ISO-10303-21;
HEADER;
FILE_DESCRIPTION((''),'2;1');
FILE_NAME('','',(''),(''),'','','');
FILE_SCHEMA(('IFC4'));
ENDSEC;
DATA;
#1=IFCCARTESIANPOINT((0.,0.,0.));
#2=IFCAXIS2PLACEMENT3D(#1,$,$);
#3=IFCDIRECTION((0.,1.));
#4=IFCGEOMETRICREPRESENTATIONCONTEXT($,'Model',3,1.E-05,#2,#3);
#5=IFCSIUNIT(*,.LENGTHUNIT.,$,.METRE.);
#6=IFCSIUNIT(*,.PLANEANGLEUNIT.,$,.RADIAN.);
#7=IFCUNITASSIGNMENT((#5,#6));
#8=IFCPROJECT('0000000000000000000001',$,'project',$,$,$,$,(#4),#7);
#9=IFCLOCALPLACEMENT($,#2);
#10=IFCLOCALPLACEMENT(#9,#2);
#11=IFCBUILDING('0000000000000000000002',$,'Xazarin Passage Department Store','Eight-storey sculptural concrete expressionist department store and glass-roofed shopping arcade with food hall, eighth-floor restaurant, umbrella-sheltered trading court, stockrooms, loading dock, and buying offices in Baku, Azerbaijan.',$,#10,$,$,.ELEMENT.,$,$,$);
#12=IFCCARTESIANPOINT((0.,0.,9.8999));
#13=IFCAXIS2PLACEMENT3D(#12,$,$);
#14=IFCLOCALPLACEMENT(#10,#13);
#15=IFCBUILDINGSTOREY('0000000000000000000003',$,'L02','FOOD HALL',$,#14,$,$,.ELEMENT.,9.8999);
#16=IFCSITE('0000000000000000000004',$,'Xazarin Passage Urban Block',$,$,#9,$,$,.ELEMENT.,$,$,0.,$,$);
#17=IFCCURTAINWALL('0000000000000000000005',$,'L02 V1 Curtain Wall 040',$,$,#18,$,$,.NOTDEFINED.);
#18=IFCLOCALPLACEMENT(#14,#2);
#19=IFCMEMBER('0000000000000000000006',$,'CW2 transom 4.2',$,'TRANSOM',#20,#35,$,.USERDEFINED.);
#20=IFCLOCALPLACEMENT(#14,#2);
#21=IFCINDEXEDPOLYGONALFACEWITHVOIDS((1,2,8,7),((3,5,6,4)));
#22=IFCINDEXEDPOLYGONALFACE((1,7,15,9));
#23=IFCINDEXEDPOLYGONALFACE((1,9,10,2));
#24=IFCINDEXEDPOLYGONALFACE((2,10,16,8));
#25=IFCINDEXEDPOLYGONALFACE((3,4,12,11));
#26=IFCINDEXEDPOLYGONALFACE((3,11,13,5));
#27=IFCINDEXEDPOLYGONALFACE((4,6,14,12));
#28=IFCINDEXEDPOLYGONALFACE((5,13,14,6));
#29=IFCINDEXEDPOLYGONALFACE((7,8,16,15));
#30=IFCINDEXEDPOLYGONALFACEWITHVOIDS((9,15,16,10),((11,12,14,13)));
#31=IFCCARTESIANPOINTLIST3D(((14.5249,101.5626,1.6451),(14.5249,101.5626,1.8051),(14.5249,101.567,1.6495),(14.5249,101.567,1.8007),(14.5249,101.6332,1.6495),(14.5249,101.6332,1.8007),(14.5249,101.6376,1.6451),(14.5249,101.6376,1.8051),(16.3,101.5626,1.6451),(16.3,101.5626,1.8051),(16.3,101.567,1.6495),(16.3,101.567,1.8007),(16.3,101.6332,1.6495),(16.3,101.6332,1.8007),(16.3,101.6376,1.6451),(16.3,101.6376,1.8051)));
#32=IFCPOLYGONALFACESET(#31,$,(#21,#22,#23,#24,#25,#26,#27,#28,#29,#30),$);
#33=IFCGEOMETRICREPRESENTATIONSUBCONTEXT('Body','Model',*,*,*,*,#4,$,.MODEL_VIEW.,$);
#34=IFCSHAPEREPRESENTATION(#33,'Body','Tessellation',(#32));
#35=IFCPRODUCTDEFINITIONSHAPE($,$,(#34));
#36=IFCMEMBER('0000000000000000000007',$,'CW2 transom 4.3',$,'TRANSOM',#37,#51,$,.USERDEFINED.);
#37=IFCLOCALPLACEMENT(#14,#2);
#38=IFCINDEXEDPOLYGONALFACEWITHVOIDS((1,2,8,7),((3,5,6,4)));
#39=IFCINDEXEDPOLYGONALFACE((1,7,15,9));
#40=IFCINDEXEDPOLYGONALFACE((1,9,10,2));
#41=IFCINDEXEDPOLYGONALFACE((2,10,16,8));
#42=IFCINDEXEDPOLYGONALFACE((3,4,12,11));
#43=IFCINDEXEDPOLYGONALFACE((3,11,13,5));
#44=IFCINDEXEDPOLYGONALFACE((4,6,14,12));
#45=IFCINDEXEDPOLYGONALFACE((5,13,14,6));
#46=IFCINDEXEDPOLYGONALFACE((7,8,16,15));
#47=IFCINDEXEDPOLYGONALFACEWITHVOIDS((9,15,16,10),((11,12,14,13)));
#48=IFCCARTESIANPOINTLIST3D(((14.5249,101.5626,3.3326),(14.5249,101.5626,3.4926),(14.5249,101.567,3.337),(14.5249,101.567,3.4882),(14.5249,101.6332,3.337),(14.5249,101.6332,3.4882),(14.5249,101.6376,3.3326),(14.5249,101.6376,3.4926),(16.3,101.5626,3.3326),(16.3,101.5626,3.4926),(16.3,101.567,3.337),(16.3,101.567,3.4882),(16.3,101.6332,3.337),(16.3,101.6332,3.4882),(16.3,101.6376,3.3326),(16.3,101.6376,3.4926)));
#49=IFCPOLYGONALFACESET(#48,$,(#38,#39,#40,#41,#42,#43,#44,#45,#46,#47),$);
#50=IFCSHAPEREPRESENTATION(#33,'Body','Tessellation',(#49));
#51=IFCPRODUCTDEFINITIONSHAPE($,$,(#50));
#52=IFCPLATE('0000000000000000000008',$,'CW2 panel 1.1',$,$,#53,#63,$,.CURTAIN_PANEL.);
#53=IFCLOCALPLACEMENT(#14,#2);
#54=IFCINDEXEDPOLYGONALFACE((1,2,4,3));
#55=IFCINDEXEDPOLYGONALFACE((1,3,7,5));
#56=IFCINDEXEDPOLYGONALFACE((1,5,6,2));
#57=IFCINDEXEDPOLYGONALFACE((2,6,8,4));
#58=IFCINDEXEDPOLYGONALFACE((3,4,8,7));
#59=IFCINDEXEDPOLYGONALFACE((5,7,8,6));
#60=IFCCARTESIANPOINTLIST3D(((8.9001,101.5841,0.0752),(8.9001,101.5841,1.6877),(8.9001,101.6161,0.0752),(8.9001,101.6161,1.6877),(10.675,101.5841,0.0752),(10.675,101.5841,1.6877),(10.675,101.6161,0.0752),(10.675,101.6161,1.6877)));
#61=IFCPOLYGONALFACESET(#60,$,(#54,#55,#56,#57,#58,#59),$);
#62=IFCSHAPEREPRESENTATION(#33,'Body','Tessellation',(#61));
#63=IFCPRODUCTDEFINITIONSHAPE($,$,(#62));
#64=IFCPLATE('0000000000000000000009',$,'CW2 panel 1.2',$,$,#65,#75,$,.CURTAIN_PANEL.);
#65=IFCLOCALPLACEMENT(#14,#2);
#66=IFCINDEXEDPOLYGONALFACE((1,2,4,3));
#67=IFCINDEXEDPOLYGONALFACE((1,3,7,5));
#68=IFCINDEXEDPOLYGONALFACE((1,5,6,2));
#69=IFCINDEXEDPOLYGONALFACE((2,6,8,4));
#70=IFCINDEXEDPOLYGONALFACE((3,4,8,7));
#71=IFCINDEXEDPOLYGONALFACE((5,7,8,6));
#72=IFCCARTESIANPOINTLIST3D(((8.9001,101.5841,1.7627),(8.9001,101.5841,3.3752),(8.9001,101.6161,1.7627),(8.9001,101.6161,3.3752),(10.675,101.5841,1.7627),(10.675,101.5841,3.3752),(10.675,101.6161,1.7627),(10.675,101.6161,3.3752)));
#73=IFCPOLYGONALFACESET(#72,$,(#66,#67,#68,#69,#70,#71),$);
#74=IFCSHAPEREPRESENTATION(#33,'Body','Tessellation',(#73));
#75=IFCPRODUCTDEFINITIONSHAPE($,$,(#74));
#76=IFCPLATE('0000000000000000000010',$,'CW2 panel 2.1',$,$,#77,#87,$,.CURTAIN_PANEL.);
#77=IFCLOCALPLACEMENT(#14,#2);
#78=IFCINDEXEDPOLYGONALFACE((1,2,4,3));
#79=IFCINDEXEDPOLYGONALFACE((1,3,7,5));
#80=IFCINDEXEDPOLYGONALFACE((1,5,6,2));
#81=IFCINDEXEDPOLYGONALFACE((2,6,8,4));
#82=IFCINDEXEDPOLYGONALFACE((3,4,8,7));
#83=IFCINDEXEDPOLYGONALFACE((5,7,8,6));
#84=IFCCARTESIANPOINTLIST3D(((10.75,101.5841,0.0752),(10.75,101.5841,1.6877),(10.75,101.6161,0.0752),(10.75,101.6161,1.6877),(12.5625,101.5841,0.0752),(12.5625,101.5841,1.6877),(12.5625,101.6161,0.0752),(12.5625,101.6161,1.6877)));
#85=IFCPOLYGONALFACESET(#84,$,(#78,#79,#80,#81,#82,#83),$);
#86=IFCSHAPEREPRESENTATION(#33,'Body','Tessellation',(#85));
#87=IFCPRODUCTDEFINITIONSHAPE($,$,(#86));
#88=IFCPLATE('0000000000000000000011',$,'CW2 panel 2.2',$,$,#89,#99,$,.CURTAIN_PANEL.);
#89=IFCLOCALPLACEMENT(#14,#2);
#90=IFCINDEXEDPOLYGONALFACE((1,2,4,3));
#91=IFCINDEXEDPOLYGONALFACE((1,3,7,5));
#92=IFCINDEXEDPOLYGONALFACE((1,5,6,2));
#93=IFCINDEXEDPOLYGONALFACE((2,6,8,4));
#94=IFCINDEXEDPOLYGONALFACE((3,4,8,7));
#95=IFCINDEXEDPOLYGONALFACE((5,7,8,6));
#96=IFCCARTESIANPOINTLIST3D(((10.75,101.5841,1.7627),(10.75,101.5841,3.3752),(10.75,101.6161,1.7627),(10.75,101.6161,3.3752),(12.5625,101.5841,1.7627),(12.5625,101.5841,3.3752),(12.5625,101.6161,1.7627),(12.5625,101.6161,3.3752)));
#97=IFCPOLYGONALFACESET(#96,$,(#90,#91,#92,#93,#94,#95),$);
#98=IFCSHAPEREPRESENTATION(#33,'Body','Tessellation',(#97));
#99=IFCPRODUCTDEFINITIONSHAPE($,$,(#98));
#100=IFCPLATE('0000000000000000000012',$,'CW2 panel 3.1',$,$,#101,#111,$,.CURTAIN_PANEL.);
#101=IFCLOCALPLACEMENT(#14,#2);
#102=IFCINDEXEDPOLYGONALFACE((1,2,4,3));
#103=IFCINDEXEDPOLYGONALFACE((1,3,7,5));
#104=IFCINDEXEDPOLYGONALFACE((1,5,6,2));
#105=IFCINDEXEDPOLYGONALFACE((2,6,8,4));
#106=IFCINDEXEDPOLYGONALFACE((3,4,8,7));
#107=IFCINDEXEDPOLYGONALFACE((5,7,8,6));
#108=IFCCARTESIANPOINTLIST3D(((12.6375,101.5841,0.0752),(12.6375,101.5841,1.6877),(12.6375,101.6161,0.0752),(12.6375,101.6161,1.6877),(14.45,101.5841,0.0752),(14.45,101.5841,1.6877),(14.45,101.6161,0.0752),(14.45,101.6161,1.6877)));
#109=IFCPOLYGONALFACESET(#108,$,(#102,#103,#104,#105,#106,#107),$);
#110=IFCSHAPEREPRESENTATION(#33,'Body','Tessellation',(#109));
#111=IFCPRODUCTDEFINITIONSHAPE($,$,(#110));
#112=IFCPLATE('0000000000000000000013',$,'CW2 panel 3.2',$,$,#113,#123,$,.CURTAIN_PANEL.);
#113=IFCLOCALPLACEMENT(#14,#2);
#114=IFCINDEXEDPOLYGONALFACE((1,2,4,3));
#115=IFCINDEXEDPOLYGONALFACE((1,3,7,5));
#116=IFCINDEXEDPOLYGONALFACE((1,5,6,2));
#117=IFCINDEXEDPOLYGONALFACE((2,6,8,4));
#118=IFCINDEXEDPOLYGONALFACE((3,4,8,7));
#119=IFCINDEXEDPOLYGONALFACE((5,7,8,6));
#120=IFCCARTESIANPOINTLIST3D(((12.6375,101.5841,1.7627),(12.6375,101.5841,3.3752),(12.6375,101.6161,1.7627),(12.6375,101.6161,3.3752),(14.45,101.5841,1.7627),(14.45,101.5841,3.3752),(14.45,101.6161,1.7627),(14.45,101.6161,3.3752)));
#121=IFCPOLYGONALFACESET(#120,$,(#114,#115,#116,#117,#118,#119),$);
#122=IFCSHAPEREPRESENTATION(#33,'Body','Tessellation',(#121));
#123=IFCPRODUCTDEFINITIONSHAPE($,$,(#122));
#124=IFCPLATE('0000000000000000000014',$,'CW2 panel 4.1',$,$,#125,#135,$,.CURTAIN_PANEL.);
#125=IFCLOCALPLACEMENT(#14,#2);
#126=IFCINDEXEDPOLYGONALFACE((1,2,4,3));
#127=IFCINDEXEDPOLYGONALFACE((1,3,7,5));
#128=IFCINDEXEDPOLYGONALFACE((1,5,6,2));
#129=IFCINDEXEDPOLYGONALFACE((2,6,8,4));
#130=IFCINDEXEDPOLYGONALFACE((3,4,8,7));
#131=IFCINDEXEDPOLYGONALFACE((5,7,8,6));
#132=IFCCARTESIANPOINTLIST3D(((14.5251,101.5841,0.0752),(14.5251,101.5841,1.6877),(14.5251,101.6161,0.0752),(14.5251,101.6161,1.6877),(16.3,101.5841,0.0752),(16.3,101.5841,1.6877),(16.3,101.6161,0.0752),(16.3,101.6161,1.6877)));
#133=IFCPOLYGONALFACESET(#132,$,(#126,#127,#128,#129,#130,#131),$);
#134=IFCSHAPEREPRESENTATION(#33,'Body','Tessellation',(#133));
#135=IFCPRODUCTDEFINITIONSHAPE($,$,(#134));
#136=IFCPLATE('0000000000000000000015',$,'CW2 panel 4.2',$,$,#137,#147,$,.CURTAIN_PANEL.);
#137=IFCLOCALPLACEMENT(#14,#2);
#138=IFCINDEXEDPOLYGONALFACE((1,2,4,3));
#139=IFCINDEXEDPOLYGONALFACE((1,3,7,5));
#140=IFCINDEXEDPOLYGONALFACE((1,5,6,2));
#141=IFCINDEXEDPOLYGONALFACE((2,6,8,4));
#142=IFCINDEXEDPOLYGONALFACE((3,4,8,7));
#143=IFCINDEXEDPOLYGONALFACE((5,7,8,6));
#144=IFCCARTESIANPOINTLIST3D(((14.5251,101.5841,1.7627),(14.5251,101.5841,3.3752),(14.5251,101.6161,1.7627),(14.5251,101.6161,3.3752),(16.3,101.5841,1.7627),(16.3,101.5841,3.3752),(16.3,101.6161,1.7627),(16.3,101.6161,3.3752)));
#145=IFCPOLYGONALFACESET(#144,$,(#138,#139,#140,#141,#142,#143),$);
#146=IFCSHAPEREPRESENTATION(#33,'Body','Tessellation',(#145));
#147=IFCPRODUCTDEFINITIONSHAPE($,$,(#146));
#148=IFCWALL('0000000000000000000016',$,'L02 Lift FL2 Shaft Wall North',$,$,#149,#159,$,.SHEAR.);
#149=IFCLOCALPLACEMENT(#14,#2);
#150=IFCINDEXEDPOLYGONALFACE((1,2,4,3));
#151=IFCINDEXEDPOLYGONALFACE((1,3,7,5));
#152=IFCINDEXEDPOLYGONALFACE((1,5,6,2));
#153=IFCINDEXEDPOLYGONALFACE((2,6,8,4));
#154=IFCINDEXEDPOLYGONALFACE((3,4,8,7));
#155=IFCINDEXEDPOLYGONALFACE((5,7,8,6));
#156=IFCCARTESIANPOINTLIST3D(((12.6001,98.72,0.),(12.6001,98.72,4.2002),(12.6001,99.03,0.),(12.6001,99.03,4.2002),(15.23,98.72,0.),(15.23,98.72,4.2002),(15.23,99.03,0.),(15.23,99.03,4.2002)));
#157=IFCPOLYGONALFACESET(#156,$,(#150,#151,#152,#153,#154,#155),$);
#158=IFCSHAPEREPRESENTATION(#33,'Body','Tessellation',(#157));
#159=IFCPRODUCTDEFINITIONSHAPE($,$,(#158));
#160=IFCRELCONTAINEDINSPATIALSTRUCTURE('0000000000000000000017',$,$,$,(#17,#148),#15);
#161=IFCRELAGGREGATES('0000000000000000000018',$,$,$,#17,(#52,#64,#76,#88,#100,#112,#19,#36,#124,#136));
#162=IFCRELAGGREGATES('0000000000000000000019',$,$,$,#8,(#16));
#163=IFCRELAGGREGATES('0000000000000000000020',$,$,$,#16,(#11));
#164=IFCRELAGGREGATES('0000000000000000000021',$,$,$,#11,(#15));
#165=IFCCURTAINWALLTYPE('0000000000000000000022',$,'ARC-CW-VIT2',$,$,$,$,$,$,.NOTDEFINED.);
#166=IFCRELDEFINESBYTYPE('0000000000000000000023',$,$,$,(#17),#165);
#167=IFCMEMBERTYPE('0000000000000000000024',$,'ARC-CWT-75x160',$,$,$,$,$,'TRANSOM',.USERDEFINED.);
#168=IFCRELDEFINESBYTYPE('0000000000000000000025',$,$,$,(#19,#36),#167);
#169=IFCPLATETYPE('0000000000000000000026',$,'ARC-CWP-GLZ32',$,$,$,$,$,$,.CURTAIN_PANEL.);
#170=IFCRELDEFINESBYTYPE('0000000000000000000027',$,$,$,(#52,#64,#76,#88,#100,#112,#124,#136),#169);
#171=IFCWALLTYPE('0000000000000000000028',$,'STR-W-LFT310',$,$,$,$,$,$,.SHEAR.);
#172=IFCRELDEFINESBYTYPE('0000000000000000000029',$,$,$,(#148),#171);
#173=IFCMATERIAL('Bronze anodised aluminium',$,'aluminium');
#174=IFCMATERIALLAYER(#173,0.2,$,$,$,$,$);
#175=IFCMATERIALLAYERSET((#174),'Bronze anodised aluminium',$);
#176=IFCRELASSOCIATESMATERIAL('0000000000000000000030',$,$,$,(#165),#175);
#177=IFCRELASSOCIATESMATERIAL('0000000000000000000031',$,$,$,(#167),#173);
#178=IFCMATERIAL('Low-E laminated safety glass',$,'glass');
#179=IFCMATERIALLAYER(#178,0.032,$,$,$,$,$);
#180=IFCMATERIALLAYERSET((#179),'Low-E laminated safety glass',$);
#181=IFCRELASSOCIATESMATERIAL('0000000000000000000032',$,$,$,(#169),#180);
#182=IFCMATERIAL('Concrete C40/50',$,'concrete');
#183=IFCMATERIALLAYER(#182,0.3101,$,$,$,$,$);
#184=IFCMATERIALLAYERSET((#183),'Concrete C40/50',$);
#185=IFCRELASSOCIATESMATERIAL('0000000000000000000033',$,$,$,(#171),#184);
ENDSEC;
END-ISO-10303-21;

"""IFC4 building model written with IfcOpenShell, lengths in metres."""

from ifc_helpers import new_model, si_unit, direction, frame, frame_2d, origin, origin_2d, place, context, subcontext, project, spatial, rectangle, hollow_rectangle, extrude, material, layer, layer_set, material_profile, profile_set, type_object, element, aggregate, save


model = new_model("IFC4")

# Units and contexts
model_context = context("Model", 3, precision=1e-05, world=origin(), true_north=direction((0.0, 1.0)))
body_context = subcontext(model_context, "Body", "Model", "MODEL_VIEW")
ifc_project = project(units=[si_unit("LENGTHUNIT", "METRE"), si_unit("PLANEANGLEUNIT", "RADIAN")], contexts=[model_context])

# Site, building, storey
site_placement = place(None, origin())
site = spatial("IfcSite", under=ifc_project, at=site_placement, Name="Xazarin Passage Urban Block", CompositionType="ELEMENT", RefElevation=0.0)
building_placement = place(site_placement, origin())
building = spatial("IfcBuilding", under=site, at=building_placement, Name="Xazarin Passage Department Store", Description="Eight-storey sculptural concrete expressionist department store and glass-roofed shopping arcade with food hall, eighth-floor restaurant, umbrella-sheltered trading court, stockrooms, loading dock, and buying offices in Baku, Azerbaijan.", CompositionType="ELEMENT")
storey_placement = place(building_placement, frame((0.0, 0.0, 9.8999)))
storey = spatial("IfcBuildingStorey", under=building, at=storey_placement, Name="L02", Description="FOOD HALL", CompositionType="ELEMENT", Elevation=9.8999)

# Curtain wall, members, plates
ifc_material_1 = material(Name="Bronze anodised aluminium", Category="aluminium")
ifc_layer_1 = layer(ifc_material_1, 0.2)
ifc_layer_set_1 = layer_set([ifc_layer_1], Name="Bronze anodised aluminium")
curtain_wall_type = type_object("IfcCurtainWallType", Name="ARC-CW-VIT2", PredefinedType="NOTDEFINED", material=ifc_layer_set_1)
curtain_wall_placement = place(storey_placement, origin())
curtain_wall = element("IfcCurtainWall", 1, at=curtain_wall_placement, inside=storey, type_object=curtain_wall_type, Name="L02 V1 Curtain Wall 040", PredefinedType="NOTDEFINED")
ifc_material_profile_1 = material_profile(ifc_material_1, hollow_rectangle(XDim=0.075, YDim=0.1599, WallThickness=0.0044, at=origin_2d()), Name="ALU 75x160")
ifc_profile_set_1 = profile_set([ifc_material_profile_1], Name="Bronze anodised aluminium")
member_type_1 = type_object("IfcMemberType", Name="ARC-CWT-75x160", ElementType="TRANSOM", PredefinedType="USERDEFINED", material=ifc_profile_set_1)
member_1_placement = place(storey_placement, frame((14.5249, 101.6001, 1.7251), z_axis=(1.0, 0.0, 0.0), x_axis=(0.0, 1.0, 0.0)))
member_1 = element("IfcMember", 2, at=member_1_placement, type_object=member_type_1, Name="CW2 transom 4.2", ObjectType="TRANSOM", PredefinedType="USERDEFINED", context=body_context, shape_type="SweptSolid", body=[
    extrude(hollow_rectangle(XDim=0.075, YDim=0.1599, WallThickness=0.0044, at=origin_2d()), origin(), (0.0, 0.0, 1.0), 1.7751),
])
member_2_placement = place(storey_placement, frame((14.5249, 101.6001, 3.4126), z_axis=(1.0, 0.0, 0.0), x_axis=(0.0, 1.0, 0.0)))
member_2 = element("IfcMember", 3, at=member_2_placement, type_object=member_type_1, Name="CW2 transom 4.3", ObjectType="TRANSOM", PredefinedType="USERDEFINED", context=body_context, shape_type="SweptSolid", body=[
    extrude(hollow_rectangle(XDim=0.075, YDim=0.1599, WallThickness=0.0044, at=origin_2d()), origin(), (0.0, 0.0, 1.0), 1.7751),
])
ifc_material_2 = material(Name="Low-E laminated safety glass", Category="glass")
ifc_layer_2 = layer(ifc_material_2, 0.032)
ifc_layer_set_2 = layer_set([ifc_layer_2], Name="Low-E laminated safety glass")
plate_type = type_object("IfcPlateType", Name="ARC-CWP-GLZ32", PredefinedType="CURTAIN_PANEL", material=ifc_layer_set_2)
plate_1_placement = place(storey_placement, frame((9.7876, 101.6001, 0.0752), z_axis=(0.0, 0.0, 1.0), x_axis=(1.0, 0.0, 0.0)))
plate_1 = element("IfcPlate", 4, at=plate_1_placement, type_object=plate_type, Name="CW2 panel 1.1", PredefinedType="CURTAIN_PANEL", context=body_context, shape_type="SweptSolid", body=[
    extrude(rectangle(XDim=1.7749, YDim=0.032, at=origin_2d()), origin(), (0.0, 0.0, 1.0), 1.6125),
])
plate_2_placement = place(storey_placement, frame((9.7876, 101.6001, 1.7627), z_axis=(0.0, 0.0, 1.0), x_axis=(1.0, 0.0, 0.0)))
plate_2 = element("IfcPlate", 5, at=plate_2_placement, type_object=plate_type, Name="CW2 panel 1.2", PredefinedType="CURTAIN_PANEL", context=body_context, shape_type="SweptSolid", body=[
    extrude(rectangle(XDim=1.7749, YDim=0.032, at=origin_2d()), origin(), (0.0, 0.0, 1.0), 1.6125),
])
plate_3_placement = place(storey_placement, frame((11.6562, 101.6001, 0.0752), z_axis=(0.0, 0.0, 1.0), x_axis=(1.0, 0.0, 0.0)))
plate_3 = element("IfcPlate", 6, at=plate_3_placement, type_object=plate_type, Name="CW2 panel 2.1", PredefinedType="CURTAIN_PANEL", context=body_context, shape_type="SweptSolid", body=[
    extrude(rectangle(XDim=1.8125, YDim=0.032, at=origin_2d()), origin(), (0.0, 0.0, 1.0), 1.6125),
])
plate_4_placement = place(storey_placement, frame((11.6562, 101.6001, 1.7627), z_axis=(0.0, 0.0, 1.0), x_axis=(1.0, 0.0, 0.0)))
plate_4 = element("IfcPlate", 7, at=plate_4_placement, type_object=plate_type, Name="CW2 panel 2.2", PredefinedType="CURTAIN_PANEL", context=body_context, shape_type="SweptSolid", body=[
    extrude(rectangle(XDim=1.8125, YDim=0.032, at=origin_2d()), origin(), (0.0, 0.0, 1.0), 1.6125),
])
plate_5_placement = place(storey_placement, frame((13.5437, 101.6001, 0.0752), z_axis=(0.0, 0.0, 1.0), x_axis=(1.0, 0.0, 0.0)))
plate_5 = element("IfcPlate", 8, at=plate_5_placement, type_object=plate_type, Name="CW2 panel 3.1", PredefinedType="CURTAIN_PANEL", context=body_context, shape_type="SweptSolid", body=[
    extrude(rectangle(XDim=1.8125, YDim=0.032, at=origin_2d()), origin(), (0.0, 0.0, 1.0), 1.6125),
])
plate_6_placement = place(storey_placement, frame((13.5437, 101.6001, 1.7627), z_axis=(0.0, 0.0, 1.0), x_axis=(1.0, 0.0, 0.0)))
plate_6 = element("IfcPlate", 9, at=plate_6_placement, type_object=plate_type, Name="CW2 panel 3.2", PredefinedType="CURTAIN_PANEL", context=body_context, shape_type="SweptSolid", body=[
    extrude(rectangle(XDim=1.8125, YDim=0.032, at=origin_2d()), origin(), (0.0, 0.0, 1.0), 1.6125),
])
plate_7_placement = place(storey_placement, frame((15.4126, 101.6001, 0.0752), z_axis=(0.0, 0.0, 1.0), x_axis=(1.0, 0.0, 0.0)))
plate_7 = element("IfcPlate", 10, at=plate_7_placement, type_object=plate_type, Name="CW2 panel 4.1", PredefinedType="CURTAIN_PANEL", context=body_context, shape_type="SweptSolid", body=[
    extrude(rectangle(XDim=1.7749, YDim=0.032, at=origin_2d()), origin(), (0.0, 0.0, 1.0), 1.6125),
])
plate_8_placement = place(storey_placement, frame((15.4126, 101.6001, 1.7627), z_axis=(0.0, 0.0, 1.0), x_axis=(1.0, 0.0, 0.0)))
plate_8 = element("IfcPlate", 11, at=plate_8_placement, type_object=plate_type, Name="CW2 panel 4.2", PredefinedType="CURTAIN_PANEL", context=body_context, shape_type="SweptSolid", body=[
    extrude(rectangle(XDim=1.7749, YDim=0.032, at=origin_2d()), origin(), (0.0, 0.0, 1.0), 1.6125),
])
aggregate(curtain_wall, [plate_1, plate_2, plate_3, plate_4, plate_5, plate_6, member_1, member_2, plate_7, plate_8])

# Wall
ifc_material_3 = material(Name="Concrete C40/50", Category="concrete")
ifc_layer_3 = layer(ifc_material_3, 0.3101)
ifc_layer_set_3 = layer_set([ifc_layer_3], Name="Concrete C40/50")
wall_type = type_object("IfcWallType", Name="STR-W-LFT310", PredefinedType="SHEAR", material=ifc_layer_set_3)
wall_placement = place(storey_placement, frame((12.6001, 98.875, 0.0), z_axis=(0.0, 0.0, 1.0), x_axis=(1.0, 0.0, 0.0)))
element("IfcWall", 12, at=wall_placement, inside=storey, type_object=wall_type, Name="L02 Lift FL2 Shaft Wall North", PredefinedType="SHEAR", context=body_context, shape_type="SweptSolid", body=[
    extrude(rectangle(XDim=2.6299, YDim=0.3101, at=frame_2d((1.3149, 0.0))), origin(), (0.0, 0.0, 1.0), 4.2002),
])

save(model, "model.ifc")
